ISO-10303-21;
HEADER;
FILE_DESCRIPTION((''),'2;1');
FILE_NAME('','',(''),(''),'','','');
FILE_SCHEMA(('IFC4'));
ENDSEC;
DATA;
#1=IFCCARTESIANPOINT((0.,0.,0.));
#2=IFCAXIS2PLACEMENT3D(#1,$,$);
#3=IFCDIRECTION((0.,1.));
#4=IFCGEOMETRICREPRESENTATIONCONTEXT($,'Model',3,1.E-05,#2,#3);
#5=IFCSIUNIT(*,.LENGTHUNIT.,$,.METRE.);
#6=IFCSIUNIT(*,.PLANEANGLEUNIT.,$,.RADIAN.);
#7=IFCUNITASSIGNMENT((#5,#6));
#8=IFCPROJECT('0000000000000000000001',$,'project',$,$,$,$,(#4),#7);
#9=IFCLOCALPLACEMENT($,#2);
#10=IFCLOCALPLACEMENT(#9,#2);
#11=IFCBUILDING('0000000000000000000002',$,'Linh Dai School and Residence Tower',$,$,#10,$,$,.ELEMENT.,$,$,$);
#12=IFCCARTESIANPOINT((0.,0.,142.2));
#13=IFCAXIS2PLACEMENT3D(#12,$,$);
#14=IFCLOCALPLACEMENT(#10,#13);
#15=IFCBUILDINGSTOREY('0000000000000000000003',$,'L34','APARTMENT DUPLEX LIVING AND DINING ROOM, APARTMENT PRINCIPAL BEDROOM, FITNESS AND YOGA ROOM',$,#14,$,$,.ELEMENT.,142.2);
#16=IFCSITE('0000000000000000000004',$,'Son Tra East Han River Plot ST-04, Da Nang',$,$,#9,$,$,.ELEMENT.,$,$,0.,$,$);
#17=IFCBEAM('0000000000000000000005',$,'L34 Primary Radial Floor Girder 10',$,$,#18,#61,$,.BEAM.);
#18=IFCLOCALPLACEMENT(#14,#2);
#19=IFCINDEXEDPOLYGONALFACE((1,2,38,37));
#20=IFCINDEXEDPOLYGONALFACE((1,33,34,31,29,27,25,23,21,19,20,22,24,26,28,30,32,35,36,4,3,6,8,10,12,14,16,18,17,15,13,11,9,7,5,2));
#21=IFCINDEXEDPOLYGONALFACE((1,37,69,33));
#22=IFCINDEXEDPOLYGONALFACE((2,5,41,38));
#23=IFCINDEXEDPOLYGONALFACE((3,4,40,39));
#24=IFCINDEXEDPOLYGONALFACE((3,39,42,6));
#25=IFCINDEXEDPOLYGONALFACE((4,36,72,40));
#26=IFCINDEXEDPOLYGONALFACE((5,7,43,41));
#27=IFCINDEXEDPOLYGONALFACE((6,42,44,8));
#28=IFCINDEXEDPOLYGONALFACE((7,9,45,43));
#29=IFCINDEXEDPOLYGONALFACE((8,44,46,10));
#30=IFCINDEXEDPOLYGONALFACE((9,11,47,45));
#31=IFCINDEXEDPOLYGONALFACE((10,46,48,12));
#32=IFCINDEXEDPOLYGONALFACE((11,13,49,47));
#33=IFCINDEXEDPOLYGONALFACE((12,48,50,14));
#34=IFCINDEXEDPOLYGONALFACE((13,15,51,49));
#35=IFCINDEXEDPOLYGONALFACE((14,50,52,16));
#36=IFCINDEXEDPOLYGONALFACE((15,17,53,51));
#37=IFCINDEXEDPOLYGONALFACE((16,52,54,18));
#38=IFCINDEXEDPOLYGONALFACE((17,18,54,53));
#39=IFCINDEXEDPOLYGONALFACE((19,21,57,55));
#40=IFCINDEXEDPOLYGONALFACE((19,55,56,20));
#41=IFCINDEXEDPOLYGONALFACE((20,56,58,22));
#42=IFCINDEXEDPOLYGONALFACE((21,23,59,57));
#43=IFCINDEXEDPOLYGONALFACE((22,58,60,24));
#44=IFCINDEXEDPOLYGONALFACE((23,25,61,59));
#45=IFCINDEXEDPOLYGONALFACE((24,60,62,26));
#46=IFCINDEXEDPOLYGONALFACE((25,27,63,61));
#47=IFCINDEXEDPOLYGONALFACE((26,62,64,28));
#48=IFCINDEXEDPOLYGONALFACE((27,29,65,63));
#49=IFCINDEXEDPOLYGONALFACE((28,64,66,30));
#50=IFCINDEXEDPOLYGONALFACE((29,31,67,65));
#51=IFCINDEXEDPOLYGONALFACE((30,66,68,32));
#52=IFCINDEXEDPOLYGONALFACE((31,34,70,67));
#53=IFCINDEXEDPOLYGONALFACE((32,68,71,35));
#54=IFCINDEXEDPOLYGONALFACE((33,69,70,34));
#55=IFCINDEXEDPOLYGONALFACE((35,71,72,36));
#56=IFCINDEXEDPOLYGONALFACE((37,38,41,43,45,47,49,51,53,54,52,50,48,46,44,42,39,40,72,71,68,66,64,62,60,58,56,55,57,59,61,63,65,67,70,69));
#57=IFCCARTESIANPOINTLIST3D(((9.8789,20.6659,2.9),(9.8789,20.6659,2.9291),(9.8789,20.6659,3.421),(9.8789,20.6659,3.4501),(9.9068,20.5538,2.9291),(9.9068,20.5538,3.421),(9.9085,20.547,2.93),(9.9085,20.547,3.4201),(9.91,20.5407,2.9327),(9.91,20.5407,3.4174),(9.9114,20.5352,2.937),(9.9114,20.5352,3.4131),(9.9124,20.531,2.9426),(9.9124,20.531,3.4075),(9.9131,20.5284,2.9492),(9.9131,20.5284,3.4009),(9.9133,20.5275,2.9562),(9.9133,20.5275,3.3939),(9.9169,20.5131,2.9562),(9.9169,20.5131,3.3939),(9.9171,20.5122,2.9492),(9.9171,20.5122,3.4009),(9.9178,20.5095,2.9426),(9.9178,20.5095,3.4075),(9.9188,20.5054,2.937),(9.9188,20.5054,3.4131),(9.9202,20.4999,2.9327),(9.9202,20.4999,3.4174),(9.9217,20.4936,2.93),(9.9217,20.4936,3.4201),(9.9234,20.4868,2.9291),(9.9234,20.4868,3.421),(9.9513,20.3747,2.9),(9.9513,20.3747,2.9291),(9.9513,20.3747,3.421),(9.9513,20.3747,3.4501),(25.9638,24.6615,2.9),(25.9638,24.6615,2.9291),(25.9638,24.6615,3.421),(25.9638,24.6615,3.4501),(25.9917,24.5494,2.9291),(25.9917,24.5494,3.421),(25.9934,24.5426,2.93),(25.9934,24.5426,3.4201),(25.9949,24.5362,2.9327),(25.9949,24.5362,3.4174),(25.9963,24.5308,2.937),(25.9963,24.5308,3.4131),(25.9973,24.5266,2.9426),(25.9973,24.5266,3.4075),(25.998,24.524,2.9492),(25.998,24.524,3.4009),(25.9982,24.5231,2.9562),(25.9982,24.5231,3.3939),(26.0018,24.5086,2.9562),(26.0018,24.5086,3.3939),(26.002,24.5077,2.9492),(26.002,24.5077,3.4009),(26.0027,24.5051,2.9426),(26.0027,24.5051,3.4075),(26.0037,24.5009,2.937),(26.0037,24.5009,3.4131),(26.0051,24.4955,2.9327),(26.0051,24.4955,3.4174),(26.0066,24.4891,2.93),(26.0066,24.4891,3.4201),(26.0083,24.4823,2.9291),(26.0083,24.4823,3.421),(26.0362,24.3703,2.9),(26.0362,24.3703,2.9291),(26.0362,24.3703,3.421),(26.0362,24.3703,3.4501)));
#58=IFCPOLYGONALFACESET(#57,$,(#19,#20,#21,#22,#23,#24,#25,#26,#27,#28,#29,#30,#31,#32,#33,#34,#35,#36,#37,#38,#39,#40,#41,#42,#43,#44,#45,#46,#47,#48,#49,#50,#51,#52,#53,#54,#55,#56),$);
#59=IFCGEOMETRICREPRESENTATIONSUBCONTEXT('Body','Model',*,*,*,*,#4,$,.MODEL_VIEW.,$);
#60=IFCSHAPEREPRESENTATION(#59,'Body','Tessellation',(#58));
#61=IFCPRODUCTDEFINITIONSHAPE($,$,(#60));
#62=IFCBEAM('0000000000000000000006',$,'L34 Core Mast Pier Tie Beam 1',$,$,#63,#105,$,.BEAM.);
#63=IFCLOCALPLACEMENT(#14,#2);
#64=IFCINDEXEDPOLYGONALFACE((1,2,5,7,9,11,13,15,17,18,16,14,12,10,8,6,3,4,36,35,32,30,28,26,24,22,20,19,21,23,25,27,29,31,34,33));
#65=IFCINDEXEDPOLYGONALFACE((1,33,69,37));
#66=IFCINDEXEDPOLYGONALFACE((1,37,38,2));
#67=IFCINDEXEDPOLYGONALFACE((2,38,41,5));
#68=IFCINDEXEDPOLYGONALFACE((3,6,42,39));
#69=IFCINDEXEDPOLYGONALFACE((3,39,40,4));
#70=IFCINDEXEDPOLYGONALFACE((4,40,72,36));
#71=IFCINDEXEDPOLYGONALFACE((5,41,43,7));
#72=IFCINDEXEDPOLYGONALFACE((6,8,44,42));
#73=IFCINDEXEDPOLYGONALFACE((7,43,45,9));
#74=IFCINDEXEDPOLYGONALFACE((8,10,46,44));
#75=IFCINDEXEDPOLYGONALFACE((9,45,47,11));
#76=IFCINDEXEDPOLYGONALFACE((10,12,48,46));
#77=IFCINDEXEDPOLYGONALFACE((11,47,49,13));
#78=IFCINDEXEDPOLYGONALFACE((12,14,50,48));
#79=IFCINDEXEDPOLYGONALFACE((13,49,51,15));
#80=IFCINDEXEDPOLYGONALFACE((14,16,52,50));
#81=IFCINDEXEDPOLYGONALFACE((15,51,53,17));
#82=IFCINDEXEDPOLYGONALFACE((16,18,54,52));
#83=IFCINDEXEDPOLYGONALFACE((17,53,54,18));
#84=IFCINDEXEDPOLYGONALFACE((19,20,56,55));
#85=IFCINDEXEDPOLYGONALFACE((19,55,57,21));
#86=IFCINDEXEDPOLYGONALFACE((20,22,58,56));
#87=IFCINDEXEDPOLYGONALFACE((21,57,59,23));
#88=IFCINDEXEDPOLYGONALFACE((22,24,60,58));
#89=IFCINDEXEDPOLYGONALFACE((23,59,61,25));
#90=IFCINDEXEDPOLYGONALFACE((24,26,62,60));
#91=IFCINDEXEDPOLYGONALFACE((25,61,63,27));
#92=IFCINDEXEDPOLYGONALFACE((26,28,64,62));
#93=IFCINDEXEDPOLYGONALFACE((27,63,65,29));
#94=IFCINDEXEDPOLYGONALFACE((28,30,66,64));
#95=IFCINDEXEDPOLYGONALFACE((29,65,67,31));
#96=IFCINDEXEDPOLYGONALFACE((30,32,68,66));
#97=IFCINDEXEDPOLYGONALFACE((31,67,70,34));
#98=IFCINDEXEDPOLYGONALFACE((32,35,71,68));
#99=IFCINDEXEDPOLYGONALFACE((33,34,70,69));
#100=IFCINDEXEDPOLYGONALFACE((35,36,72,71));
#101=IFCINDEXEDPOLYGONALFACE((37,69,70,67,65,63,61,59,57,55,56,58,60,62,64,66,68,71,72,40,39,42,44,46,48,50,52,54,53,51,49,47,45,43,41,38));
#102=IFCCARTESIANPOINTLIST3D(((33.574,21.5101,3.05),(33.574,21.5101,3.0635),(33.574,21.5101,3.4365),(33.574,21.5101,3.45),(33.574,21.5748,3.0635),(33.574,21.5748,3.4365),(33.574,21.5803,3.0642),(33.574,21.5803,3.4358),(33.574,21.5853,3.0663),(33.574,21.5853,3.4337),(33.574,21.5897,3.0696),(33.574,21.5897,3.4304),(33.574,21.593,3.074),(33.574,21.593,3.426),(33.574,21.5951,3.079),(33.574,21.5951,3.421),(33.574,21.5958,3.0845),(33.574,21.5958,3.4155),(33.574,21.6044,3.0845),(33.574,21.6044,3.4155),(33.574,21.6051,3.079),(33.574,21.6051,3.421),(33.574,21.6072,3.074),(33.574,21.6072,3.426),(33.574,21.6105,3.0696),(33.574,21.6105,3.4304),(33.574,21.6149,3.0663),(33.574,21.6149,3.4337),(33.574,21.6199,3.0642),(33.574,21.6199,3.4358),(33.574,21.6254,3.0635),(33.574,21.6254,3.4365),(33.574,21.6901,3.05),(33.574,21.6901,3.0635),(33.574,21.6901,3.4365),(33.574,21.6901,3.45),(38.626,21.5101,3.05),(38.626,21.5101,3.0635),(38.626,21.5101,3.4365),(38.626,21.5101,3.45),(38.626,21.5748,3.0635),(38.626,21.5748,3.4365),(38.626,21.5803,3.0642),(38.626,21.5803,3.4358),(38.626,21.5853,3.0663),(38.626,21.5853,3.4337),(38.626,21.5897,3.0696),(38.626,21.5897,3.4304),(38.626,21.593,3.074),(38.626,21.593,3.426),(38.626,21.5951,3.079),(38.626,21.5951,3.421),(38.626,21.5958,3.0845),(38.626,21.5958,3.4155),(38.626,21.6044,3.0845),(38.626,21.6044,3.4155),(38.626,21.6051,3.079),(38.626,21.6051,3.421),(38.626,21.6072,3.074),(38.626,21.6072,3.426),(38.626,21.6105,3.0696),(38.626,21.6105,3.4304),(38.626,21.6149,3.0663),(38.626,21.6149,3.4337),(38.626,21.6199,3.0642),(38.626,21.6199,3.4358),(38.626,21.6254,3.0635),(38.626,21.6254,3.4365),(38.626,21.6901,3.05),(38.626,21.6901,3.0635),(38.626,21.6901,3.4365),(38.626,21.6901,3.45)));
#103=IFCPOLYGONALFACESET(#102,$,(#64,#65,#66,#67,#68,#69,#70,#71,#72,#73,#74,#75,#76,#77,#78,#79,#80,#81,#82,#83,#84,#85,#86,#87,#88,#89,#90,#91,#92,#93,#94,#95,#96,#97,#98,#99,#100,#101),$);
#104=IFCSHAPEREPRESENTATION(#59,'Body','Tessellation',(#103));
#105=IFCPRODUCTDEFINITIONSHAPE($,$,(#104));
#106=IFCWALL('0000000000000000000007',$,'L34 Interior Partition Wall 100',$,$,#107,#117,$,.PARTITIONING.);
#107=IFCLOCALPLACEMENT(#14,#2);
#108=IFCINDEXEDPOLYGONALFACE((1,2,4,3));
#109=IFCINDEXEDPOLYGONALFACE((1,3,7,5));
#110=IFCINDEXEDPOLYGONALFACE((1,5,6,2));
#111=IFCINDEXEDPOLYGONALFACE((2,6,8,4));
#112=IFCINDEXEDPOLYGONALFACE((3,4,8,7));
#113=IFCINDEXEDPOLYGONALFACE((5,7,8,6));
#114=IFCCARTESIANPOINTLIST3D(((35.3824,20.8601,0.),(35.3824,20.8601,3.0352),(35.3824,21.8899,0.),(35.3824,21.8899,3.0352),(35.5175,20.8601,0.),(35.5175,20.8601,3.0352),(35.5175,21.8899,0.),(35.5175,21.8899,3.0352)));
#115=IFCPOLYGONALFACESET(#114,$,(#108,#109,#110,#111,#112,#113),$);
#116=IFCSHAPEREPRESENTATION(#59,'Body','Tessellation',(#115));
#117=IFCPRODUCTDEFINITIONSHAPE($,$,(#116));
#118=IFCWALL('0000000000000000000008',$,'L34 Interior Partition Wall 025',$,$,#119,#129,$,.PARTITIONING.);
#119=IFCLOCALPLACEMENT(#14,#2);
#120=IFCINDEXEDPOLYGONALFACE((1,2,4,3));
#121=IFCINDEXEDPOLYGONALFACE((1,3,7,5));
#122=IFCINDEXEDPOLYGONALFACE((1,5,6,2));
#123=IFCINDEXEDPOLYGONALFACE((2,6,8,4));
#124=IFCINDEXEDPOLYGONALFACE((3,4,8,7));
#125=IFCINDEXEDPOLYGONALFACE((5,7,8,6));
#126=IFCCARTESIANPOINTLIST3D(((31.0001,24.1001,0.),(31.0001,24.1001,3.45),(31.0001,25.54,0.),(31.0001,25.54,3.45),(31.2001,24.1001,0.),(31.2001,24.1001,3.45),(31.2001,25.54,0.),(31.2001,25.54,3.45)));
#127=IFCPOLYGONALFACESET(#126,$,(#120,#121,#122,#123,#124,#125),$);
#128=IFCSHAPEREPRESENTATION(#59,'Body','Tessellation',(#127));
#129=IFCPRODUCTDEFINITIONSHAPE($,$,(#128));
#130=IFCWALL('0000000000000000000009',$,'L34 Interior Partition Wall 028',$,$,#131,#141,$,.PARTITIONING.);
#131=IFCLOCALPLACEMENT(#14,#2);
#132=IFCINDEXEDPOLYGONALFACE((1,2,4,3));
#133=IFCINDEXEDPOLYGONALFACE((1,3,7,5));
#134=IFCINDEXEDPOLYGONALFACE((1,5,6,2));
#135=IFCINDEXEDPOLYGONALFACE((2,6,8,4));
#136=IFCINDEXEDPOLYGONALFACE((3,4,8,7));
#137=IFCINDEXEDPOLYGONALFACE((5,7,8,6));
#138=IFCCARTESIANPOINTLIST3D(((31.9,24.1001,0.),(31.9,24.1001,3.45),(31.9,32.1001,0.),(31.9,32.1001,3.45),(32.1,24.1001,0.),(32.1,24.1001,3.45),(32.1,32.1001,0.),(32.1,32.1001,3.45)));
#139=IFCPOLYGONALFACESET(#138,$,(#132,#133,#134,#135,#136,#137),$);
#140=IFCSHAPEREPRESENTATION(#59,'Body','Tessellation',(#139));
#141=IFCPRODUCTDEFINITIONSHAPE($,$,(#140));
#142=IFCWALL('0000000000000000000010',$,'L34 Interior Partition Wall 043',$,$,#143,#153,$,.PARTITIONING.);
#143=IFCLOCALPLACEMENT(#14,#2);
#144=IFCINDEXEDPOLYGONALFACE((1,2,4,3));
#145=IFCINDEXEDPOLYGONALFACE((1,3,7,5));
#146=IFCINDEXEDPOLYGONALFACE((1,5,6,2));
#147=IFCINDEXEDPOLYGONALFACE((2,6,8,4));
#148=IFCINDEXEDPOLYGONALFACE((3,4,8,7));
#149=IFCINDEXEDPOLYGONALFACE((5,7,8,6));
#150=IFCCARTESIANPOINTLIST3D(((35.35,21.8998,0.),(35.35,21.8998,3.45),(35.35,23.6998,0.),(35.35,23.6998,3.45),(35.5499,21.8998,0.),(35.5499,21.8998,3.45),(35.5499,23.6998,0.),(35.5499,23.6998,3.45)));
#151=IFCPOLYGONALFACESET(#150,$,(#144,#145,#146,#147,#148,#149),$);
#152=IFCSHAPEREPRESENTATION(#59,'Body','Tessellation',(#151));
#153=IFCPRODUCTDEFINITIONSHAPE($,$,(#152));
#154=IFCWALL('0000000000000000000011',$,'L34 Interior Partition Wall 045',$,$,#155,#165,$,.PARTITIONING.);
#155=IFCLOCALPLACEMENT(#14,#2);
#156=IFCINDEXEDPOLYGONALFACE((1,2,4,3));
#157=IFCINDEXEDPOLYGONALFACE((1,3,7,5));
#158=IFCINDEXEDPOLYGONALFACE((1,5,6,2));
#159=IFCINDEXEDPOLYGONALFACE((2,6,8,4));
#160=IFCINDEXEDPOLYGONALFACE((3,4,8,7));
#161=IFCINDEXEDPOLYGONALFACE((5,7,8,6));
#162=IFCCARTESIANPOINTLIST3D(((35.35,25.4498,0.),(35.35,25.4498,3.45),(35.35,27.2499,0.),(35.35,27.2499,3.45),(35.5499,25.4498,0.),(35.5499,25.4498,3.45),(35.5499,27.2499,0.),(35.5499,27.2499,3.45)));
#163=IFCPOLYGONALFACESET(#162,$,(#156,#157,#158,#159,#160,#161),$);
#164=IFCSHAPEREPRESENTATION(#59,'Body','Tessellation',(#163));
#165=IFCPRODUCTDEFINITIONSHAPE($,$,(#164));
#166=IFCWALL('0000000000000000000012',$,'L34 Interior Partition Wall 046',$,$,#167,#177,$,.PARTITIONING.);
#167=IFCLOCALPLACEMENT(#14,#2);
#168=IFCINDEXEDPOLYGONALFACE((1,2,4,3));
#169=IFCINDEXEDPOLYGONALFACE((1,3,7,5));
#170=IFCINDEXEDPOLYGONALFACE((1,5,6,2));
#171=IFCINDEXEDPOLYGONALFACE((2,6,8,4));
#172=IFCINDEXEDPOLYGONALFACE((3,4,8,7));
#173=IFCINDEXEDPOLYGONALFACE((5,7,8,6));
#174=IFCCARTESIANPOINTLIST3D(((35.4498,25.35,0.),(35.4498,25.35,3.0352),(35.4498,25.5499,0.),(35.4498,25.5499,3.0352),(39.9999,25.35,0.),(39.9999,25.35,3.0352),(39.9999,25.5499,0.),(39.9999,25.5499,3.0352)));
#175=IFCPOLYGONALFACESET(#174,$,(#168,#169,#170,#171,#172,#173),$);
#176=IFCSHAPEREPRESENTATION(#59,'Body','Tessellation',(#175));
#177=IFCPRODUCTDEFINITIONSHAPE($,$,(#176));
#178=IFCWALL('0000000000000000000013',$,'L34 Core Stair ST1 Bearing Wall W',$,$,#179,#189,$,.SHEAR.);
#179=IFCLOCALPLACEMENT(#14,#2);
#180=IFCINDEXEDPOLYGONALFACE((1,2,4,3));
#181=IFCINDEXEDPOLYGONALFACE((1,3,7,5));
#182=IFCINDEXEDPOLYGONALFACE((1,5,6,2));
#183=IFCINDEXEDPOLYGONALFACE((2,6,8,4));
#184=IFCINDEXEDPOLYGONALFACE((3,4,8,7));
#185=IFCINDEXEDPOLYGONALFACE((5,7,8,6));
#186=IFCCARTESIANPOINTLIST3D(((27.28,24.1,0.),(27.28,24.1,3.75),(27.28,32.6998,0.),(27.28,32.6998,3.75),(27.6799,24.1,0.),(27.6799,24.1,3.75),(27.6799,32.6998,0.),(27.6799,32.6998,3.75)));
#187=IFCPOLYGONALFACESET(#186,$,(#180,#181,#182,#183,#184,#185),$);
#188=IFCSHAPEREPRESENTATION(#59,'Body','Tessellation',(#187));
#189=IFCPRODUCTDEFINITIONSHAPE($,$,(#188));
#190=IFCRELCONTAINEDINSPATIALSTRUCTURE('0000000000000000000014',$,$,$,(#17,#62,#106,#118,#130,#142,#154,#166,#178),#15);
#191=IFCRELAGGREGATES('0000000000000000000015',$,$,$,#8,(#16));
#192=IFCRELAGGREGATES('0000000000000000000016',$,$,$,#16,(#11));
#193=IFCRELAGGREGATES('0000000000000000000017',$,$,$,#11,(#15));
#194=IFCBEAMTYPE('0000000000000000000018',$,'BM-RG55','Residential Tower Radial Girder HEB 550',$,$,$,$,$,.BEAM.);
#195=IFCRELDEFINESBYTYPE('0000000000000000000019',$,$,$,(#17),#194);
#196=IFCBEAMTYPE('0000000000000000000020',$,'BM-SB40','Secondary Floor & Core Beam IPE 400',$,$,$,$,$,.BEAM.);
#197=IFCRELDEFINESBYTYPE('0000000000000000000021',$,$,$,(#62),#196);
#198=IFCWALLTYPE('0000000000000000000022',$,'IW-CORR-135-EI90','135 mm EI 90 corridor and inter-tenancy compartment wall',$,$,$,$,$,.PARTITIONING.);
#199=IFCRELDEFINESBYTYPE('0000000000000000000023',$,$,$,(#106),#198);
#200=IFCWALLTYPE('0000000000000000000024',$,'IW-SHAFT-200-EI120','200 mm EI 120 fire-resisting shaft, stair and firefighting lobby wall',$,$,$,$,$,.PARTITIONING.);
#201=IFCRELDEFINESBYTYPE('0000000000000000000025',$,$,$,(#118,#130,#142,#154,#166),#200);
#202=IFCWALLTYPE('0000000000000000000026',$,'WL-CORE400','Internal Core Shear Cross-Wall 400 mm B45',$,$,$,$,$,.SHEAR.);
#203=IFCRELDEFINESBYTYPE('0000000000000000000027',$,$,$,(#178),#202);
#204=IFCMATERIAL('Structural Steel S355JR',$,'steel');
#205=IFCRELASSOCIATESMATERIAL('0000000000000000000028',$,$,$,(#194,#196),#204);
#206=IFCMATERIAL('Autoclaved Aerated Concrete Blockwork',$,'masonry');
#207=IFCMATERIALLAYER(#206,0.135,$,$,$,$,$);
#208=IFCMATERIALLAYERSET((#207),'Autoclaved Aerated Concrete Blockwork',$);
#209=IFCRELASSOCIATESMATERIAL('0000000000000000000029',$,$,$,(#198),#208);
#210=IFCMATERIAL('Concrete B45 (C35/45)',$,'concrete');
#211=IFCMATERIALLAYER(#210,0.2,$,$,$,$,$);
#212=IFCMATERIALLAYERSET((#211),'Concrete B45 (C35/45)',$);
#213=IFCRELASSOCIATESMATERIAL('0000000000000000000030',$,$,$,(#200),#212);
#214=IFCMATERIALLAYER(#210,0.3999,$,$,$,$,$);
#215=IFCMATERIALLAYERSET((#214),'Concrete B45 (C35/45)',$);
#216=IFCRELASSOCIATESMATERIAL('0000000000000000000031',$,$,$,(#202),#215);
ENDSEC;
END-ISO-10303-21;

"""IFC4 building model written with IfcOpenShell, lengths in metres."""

from ifc_helpers import new_model, si_unit, direction, frame, frame_2d, origin, origin_2d, place, context, subcontext, project, spatial, rectangle, i_section, extrude, material, layer, layer_set, material_profile, profile_set, type_object, element, save


model = new_model("IFC4")

# Units and contexts
model_context = context("Model", 3, precision=1e-05, world=origin(), true_north=direction((0.0, 1.0)))
body_context = subcontext(model_context, "Body", "Model", "MODEL_VIEW")
ifc_project = project(units=[si_unit("LENGTHUNIT", "METRE"), si_unit("PLANEANGLEUNIT", "RADIAN")], contexts=[model_context])

# Site, building, storey
site_placement = place(None, origin())
site = spatial("IfcSite", under=ifc_project, at=site_placement, Name="Son Tra East Han River Plot ST-04, Da Nang", CompositionType="ELEMENT", RefElevation=0.0)
building_placement = place(site_placement, origin())
building = spatial("IfcBuilding", under=site, at=building_placement, Name="Linh Dai School and Residence Tower", CompositionType="ELEMENT")
storey_placement = place(building_placement, frame((0.0, 0.0, 142.2)))
storey = spatial("IfcBuildingStorey", under=building, at=storey_placement, Name="L34", Description="APARTMENT DUPLEX LIVING AND DINING ROOM, APARTMENT PRINCIPAL BEDROOM, FITNESS AND YOGA ROOM", CompositionType="ELEMENT", Elevation=142.2)

# Shared definitions
ifc_material_1 = material(Name="Structural Steel S355JR", Category="steel")

# Beams
ifc_material_profile_1 = material_profile(ifc_material_1, i_section(OverallWidth=0.3, OverallDepth=0.55, WebThickness=0.0149, FlangeThickness=0.0291, FilletRadius=0.0271, at=origin_2d()), Name="HEB 550")
ifc_profile_set_1 = profile_set([ifc_material_profile_1], Name="Structural Steel S355JR")
beam_type_1 = type_object("IfcBeamType", Name="BM-RG55", Description="Residential Tower Radial Girder HEB 550", PredefinedType="BEAM", material=ifc_profile_set_1)
beam_1_placement = place(storey_placement, frame((26.0, 24.5159, 3.175), z_axis=(-0.970505, -0.24108, 0.0), x_axis=(0.24108, -0.970505, 0.0)))
element("IfcBeam", 1, at=beam_1_placement, inside=storey, type_object=beam_type_1, Name="L34 Primary Radial Floor Girder 10", PredefinedType="BEAM", context=body_context, shape_type="SweptSolid", body=[
    extrude(i_section(OverallWidth=0.3, OverallDepth=0.55, WebThickness=0.0149, FlangeThickness=0.0291, FilletRadius=0.0271, at=origin_2d()), origin(), (0.0, 0.0, 1.0), 16.5737),
])
ifc_material_profile_2 = material_profile(ifc_material_1, i_section(OverallWidth=0.1799, OverallDepth=0.3999, WebThickness=0.0085, FlangeThickness=0.0134, FilletRadius=0.021, at=origin_2d()), Name="IPE 400")
ifc_profile_set_2 = profile_set([ifc_material_profile_2], Name="Structural Steel S355JR")
beam_type_2 = type_object("IfcBeamType", Name="BM-SB40", Description="Secondary Floor & Core Beam IPE 400", PredefinedType="BEAM", material=ifc_profile_set_2)
beam_2_placement = place(storey_placement, frame((33.574, 21.6001, 3.25), z_axis=(1.0, 0.0, 0.0), x_axis=(0.0, 1.0, 0.0)))
element("IfcBeam", 2, at=beam_2_placement, inside=storey, type_object=beam_type_2, Name="L34 Core Mast Pier Tie Beam 1", PredefinedType="BEAM", context=body_context, shape_type="SweptSolid", body=[
    extrude(i_section(OverallWidth=0.1799, OverallDepth=0.3999, WebThickness=0.0085, FlangeThickness=0.0134, FilletRadius=0.021, at=origin_2d()), origin(), (0.0, 0.0, 1.0), 5.052),
])

# Wall
ifc_material_2 = material(Name="Autoclaved Aerated Concrete Blockwork", Category="masonry")
ifc_layer_1 = layer(ifc_material_2, 0.135)
ifc_layer_set_1 = layer_set([ifc_layer_1], Name="Autoclaved Aerated Concrete Blockwork")
wall_type_1 = type_object("IfcWallType", Name="IW-CORR-135-EI90", Description="135 mm EI 90 corridor and inter-tenancy compartment wall", PredefinedType="PARTITIONING", material=ifc_layer_set_1)
wall_1_placement = place(storey_placement, frame((35.45, 21.8899, 0.0), z_axis=(0.0, 0.0, 1.0), x_axis=(0.0, -1.0, 0.0)))
element("IfcWall", 3, at=wall_1_placement, inside=storey, type_object=wall_type_1, Name="L34 Interior Partition Wall 100", PredefinedType="PARTITIONING", context=body_context, shape_type="SweptSolid", body=[
    extrude(rectangle(XDim=1.0298, YDim=0.135, at=frame_2d((0.5149, 0.0))), origin(), (0.0, 0.0, 1.0), 3.0352),
])

# Shared definitions
ifc_material_3 = material(Name="Concrete B45 (C35/45)", Category="concrete")
ifc_layer_2 = layer(ifc_material_3, 0.2)
ifc_layer_set_2 = layer_set([ifc_layer_2], Name="Concrete B45 (C35/45)")
wall_type_2 = type_object("IfcWallType", Name="IW-SHAFT-200-EI120", Description="200 mm EI 120 fire-resisting shaft, stair and firefighting lobby wall", PredefinedType="PARTITIONING", material=ifc_layer_set_2)

# Walls
wall_2_placement = place(storey_placement, frame((31.1001, 24.1001, 0.0), z_axis=(0.0, 0.0, 1.0), x_axis=(0.0, 1.0, 0.0)))
element("IfcWall", 4, at=wall_2_placement, inside=storey, type_object=wall_type_2, Name="L34 Interior Partition Wall 025", PredefinedType="PARTITIONING", context=body_context, shape_type="SweptSolid", body=[
    extrude(rectangle(XDim=1.4399, YDim=0.2, at=frame_2d((0.72, 0.0))), origin(), (0.0, 0.0, 1.0), 3.45),
])
wall_3_placement = place(storey_placement, frame((32.0, 24.1001, 0.0), z_axis=(0.0, 0.0, 1.0), x_axis=(0.0, 1.0, 0.0)))
element("IfcWall", 5, at=wall_3_placement, inside=storey, type_object=wall_type_2, Name="L34 Interior Partition Wall 028", PredefinedType="PARTITIONING", context=body_context, shape_type="SweptSolid", body=[
    extrude(rectangle(XDim=8.0, YDim=0.2, at=frame_2d((4.0, 0.0))), origin(), (0.0, 0.0, 1.0), 3.45),
])

# Wall
wall_4_placement = place(storey_placement, frame((35.45, 21.8999, 0.0), z_axis=(0.0, 0.0, 1.0), x_axis=(0.0, 1.0, 0.0)))
element("IfcWall", 6, at=wall_4_placement, inside=storey, type_object=wall_type_2, Name="L34 Interior Partition Wall 043", PredefinedType="PARTITIONING", context=body_context, shape_type="SweptSolid", body=[
    extrude(rectangle(XDim=1.8, YDim=0.2, at=frame_2d((0.8999, 0.0))), origin(), (0.0, 0.0, 1.0), 3.45),
])

# Walls
wall_5_placement = place(storey_placement, frame((35.45, 25.45, 0.0), z_axis=(0.0, 0.0, 1.0), x_axis=(0.0, 1.0, 0.0)))
element("IfcWall", 7, at=wall_5_placement, inside=storey, type_object=wall_type_2, Name="L34 Interior Partition Wall 045", PredefinedType="PARTITIONING", context=body_context, shape_type="SweptSolid", body=[
    extrude(rectangle(XDim=1.8, YDim=0.2, at=frame_2d((0.8999, 0.0))), origin(), (0.0, 0.0, 1.0), 3.45),
])
wall_6_placement = place(storey_placement, frame((35.45, 25.45, 0.0), z_axis=(0.0, 0.0, 1.0), x_axis=(1.0, 0.0, 0.0)))
element("IfcWall", 8, at=wall_6_placement, inside=storey, type_object=wall_type_2, Name="L34 Interior Partition Wall 046", PredefinedType="PARTITIONING", context=body_context, shape_type="SweptSolid", body=[
    extrude(rectangle(XDim=4.55, YDim=0.2, at=frame_2d((2.2749, 0.0))), origin(), (0.0, 0.0, 1.0), 3.0352),
])
ifc_layer_3 = layer(ifc_material_3, 0.3999)
ifc_layer_set_3 = layer_set([ifc_layer_3], Name="Concrete B45 (C35/45)")
wall_type_3 = type_object("IfcWallType", Name="WL-CORE400", Description="Internal Core Shear Cross-Wall 400 mm B45", PredefinedType="SHEAR", material=ifc_layer_set_3)
wall_7_placement = place(storey_placement, frame((27.48, 24.1001, 0.0), z_axis=(0.0, 0.0, 1.0), x_axis=(0.0, 1.0, 0.0)))
element("IfcWall", 9, at=wall_7_placement, inside=storey, type_object=wall_type_3, Name="L34 Core Stair ST1 Bearing Wall W", PredefinedType="SHEAR", context=body_context, shape_type="SweptSolid", body=[
    extrude(rectangle(XDim=8.5999, YDim=0.3999, at=frame_2d((4.2998, 0.0))), origin(), (0.0, 0.0, 1.0), 3.75),
])

save(model, "model.ifc")
